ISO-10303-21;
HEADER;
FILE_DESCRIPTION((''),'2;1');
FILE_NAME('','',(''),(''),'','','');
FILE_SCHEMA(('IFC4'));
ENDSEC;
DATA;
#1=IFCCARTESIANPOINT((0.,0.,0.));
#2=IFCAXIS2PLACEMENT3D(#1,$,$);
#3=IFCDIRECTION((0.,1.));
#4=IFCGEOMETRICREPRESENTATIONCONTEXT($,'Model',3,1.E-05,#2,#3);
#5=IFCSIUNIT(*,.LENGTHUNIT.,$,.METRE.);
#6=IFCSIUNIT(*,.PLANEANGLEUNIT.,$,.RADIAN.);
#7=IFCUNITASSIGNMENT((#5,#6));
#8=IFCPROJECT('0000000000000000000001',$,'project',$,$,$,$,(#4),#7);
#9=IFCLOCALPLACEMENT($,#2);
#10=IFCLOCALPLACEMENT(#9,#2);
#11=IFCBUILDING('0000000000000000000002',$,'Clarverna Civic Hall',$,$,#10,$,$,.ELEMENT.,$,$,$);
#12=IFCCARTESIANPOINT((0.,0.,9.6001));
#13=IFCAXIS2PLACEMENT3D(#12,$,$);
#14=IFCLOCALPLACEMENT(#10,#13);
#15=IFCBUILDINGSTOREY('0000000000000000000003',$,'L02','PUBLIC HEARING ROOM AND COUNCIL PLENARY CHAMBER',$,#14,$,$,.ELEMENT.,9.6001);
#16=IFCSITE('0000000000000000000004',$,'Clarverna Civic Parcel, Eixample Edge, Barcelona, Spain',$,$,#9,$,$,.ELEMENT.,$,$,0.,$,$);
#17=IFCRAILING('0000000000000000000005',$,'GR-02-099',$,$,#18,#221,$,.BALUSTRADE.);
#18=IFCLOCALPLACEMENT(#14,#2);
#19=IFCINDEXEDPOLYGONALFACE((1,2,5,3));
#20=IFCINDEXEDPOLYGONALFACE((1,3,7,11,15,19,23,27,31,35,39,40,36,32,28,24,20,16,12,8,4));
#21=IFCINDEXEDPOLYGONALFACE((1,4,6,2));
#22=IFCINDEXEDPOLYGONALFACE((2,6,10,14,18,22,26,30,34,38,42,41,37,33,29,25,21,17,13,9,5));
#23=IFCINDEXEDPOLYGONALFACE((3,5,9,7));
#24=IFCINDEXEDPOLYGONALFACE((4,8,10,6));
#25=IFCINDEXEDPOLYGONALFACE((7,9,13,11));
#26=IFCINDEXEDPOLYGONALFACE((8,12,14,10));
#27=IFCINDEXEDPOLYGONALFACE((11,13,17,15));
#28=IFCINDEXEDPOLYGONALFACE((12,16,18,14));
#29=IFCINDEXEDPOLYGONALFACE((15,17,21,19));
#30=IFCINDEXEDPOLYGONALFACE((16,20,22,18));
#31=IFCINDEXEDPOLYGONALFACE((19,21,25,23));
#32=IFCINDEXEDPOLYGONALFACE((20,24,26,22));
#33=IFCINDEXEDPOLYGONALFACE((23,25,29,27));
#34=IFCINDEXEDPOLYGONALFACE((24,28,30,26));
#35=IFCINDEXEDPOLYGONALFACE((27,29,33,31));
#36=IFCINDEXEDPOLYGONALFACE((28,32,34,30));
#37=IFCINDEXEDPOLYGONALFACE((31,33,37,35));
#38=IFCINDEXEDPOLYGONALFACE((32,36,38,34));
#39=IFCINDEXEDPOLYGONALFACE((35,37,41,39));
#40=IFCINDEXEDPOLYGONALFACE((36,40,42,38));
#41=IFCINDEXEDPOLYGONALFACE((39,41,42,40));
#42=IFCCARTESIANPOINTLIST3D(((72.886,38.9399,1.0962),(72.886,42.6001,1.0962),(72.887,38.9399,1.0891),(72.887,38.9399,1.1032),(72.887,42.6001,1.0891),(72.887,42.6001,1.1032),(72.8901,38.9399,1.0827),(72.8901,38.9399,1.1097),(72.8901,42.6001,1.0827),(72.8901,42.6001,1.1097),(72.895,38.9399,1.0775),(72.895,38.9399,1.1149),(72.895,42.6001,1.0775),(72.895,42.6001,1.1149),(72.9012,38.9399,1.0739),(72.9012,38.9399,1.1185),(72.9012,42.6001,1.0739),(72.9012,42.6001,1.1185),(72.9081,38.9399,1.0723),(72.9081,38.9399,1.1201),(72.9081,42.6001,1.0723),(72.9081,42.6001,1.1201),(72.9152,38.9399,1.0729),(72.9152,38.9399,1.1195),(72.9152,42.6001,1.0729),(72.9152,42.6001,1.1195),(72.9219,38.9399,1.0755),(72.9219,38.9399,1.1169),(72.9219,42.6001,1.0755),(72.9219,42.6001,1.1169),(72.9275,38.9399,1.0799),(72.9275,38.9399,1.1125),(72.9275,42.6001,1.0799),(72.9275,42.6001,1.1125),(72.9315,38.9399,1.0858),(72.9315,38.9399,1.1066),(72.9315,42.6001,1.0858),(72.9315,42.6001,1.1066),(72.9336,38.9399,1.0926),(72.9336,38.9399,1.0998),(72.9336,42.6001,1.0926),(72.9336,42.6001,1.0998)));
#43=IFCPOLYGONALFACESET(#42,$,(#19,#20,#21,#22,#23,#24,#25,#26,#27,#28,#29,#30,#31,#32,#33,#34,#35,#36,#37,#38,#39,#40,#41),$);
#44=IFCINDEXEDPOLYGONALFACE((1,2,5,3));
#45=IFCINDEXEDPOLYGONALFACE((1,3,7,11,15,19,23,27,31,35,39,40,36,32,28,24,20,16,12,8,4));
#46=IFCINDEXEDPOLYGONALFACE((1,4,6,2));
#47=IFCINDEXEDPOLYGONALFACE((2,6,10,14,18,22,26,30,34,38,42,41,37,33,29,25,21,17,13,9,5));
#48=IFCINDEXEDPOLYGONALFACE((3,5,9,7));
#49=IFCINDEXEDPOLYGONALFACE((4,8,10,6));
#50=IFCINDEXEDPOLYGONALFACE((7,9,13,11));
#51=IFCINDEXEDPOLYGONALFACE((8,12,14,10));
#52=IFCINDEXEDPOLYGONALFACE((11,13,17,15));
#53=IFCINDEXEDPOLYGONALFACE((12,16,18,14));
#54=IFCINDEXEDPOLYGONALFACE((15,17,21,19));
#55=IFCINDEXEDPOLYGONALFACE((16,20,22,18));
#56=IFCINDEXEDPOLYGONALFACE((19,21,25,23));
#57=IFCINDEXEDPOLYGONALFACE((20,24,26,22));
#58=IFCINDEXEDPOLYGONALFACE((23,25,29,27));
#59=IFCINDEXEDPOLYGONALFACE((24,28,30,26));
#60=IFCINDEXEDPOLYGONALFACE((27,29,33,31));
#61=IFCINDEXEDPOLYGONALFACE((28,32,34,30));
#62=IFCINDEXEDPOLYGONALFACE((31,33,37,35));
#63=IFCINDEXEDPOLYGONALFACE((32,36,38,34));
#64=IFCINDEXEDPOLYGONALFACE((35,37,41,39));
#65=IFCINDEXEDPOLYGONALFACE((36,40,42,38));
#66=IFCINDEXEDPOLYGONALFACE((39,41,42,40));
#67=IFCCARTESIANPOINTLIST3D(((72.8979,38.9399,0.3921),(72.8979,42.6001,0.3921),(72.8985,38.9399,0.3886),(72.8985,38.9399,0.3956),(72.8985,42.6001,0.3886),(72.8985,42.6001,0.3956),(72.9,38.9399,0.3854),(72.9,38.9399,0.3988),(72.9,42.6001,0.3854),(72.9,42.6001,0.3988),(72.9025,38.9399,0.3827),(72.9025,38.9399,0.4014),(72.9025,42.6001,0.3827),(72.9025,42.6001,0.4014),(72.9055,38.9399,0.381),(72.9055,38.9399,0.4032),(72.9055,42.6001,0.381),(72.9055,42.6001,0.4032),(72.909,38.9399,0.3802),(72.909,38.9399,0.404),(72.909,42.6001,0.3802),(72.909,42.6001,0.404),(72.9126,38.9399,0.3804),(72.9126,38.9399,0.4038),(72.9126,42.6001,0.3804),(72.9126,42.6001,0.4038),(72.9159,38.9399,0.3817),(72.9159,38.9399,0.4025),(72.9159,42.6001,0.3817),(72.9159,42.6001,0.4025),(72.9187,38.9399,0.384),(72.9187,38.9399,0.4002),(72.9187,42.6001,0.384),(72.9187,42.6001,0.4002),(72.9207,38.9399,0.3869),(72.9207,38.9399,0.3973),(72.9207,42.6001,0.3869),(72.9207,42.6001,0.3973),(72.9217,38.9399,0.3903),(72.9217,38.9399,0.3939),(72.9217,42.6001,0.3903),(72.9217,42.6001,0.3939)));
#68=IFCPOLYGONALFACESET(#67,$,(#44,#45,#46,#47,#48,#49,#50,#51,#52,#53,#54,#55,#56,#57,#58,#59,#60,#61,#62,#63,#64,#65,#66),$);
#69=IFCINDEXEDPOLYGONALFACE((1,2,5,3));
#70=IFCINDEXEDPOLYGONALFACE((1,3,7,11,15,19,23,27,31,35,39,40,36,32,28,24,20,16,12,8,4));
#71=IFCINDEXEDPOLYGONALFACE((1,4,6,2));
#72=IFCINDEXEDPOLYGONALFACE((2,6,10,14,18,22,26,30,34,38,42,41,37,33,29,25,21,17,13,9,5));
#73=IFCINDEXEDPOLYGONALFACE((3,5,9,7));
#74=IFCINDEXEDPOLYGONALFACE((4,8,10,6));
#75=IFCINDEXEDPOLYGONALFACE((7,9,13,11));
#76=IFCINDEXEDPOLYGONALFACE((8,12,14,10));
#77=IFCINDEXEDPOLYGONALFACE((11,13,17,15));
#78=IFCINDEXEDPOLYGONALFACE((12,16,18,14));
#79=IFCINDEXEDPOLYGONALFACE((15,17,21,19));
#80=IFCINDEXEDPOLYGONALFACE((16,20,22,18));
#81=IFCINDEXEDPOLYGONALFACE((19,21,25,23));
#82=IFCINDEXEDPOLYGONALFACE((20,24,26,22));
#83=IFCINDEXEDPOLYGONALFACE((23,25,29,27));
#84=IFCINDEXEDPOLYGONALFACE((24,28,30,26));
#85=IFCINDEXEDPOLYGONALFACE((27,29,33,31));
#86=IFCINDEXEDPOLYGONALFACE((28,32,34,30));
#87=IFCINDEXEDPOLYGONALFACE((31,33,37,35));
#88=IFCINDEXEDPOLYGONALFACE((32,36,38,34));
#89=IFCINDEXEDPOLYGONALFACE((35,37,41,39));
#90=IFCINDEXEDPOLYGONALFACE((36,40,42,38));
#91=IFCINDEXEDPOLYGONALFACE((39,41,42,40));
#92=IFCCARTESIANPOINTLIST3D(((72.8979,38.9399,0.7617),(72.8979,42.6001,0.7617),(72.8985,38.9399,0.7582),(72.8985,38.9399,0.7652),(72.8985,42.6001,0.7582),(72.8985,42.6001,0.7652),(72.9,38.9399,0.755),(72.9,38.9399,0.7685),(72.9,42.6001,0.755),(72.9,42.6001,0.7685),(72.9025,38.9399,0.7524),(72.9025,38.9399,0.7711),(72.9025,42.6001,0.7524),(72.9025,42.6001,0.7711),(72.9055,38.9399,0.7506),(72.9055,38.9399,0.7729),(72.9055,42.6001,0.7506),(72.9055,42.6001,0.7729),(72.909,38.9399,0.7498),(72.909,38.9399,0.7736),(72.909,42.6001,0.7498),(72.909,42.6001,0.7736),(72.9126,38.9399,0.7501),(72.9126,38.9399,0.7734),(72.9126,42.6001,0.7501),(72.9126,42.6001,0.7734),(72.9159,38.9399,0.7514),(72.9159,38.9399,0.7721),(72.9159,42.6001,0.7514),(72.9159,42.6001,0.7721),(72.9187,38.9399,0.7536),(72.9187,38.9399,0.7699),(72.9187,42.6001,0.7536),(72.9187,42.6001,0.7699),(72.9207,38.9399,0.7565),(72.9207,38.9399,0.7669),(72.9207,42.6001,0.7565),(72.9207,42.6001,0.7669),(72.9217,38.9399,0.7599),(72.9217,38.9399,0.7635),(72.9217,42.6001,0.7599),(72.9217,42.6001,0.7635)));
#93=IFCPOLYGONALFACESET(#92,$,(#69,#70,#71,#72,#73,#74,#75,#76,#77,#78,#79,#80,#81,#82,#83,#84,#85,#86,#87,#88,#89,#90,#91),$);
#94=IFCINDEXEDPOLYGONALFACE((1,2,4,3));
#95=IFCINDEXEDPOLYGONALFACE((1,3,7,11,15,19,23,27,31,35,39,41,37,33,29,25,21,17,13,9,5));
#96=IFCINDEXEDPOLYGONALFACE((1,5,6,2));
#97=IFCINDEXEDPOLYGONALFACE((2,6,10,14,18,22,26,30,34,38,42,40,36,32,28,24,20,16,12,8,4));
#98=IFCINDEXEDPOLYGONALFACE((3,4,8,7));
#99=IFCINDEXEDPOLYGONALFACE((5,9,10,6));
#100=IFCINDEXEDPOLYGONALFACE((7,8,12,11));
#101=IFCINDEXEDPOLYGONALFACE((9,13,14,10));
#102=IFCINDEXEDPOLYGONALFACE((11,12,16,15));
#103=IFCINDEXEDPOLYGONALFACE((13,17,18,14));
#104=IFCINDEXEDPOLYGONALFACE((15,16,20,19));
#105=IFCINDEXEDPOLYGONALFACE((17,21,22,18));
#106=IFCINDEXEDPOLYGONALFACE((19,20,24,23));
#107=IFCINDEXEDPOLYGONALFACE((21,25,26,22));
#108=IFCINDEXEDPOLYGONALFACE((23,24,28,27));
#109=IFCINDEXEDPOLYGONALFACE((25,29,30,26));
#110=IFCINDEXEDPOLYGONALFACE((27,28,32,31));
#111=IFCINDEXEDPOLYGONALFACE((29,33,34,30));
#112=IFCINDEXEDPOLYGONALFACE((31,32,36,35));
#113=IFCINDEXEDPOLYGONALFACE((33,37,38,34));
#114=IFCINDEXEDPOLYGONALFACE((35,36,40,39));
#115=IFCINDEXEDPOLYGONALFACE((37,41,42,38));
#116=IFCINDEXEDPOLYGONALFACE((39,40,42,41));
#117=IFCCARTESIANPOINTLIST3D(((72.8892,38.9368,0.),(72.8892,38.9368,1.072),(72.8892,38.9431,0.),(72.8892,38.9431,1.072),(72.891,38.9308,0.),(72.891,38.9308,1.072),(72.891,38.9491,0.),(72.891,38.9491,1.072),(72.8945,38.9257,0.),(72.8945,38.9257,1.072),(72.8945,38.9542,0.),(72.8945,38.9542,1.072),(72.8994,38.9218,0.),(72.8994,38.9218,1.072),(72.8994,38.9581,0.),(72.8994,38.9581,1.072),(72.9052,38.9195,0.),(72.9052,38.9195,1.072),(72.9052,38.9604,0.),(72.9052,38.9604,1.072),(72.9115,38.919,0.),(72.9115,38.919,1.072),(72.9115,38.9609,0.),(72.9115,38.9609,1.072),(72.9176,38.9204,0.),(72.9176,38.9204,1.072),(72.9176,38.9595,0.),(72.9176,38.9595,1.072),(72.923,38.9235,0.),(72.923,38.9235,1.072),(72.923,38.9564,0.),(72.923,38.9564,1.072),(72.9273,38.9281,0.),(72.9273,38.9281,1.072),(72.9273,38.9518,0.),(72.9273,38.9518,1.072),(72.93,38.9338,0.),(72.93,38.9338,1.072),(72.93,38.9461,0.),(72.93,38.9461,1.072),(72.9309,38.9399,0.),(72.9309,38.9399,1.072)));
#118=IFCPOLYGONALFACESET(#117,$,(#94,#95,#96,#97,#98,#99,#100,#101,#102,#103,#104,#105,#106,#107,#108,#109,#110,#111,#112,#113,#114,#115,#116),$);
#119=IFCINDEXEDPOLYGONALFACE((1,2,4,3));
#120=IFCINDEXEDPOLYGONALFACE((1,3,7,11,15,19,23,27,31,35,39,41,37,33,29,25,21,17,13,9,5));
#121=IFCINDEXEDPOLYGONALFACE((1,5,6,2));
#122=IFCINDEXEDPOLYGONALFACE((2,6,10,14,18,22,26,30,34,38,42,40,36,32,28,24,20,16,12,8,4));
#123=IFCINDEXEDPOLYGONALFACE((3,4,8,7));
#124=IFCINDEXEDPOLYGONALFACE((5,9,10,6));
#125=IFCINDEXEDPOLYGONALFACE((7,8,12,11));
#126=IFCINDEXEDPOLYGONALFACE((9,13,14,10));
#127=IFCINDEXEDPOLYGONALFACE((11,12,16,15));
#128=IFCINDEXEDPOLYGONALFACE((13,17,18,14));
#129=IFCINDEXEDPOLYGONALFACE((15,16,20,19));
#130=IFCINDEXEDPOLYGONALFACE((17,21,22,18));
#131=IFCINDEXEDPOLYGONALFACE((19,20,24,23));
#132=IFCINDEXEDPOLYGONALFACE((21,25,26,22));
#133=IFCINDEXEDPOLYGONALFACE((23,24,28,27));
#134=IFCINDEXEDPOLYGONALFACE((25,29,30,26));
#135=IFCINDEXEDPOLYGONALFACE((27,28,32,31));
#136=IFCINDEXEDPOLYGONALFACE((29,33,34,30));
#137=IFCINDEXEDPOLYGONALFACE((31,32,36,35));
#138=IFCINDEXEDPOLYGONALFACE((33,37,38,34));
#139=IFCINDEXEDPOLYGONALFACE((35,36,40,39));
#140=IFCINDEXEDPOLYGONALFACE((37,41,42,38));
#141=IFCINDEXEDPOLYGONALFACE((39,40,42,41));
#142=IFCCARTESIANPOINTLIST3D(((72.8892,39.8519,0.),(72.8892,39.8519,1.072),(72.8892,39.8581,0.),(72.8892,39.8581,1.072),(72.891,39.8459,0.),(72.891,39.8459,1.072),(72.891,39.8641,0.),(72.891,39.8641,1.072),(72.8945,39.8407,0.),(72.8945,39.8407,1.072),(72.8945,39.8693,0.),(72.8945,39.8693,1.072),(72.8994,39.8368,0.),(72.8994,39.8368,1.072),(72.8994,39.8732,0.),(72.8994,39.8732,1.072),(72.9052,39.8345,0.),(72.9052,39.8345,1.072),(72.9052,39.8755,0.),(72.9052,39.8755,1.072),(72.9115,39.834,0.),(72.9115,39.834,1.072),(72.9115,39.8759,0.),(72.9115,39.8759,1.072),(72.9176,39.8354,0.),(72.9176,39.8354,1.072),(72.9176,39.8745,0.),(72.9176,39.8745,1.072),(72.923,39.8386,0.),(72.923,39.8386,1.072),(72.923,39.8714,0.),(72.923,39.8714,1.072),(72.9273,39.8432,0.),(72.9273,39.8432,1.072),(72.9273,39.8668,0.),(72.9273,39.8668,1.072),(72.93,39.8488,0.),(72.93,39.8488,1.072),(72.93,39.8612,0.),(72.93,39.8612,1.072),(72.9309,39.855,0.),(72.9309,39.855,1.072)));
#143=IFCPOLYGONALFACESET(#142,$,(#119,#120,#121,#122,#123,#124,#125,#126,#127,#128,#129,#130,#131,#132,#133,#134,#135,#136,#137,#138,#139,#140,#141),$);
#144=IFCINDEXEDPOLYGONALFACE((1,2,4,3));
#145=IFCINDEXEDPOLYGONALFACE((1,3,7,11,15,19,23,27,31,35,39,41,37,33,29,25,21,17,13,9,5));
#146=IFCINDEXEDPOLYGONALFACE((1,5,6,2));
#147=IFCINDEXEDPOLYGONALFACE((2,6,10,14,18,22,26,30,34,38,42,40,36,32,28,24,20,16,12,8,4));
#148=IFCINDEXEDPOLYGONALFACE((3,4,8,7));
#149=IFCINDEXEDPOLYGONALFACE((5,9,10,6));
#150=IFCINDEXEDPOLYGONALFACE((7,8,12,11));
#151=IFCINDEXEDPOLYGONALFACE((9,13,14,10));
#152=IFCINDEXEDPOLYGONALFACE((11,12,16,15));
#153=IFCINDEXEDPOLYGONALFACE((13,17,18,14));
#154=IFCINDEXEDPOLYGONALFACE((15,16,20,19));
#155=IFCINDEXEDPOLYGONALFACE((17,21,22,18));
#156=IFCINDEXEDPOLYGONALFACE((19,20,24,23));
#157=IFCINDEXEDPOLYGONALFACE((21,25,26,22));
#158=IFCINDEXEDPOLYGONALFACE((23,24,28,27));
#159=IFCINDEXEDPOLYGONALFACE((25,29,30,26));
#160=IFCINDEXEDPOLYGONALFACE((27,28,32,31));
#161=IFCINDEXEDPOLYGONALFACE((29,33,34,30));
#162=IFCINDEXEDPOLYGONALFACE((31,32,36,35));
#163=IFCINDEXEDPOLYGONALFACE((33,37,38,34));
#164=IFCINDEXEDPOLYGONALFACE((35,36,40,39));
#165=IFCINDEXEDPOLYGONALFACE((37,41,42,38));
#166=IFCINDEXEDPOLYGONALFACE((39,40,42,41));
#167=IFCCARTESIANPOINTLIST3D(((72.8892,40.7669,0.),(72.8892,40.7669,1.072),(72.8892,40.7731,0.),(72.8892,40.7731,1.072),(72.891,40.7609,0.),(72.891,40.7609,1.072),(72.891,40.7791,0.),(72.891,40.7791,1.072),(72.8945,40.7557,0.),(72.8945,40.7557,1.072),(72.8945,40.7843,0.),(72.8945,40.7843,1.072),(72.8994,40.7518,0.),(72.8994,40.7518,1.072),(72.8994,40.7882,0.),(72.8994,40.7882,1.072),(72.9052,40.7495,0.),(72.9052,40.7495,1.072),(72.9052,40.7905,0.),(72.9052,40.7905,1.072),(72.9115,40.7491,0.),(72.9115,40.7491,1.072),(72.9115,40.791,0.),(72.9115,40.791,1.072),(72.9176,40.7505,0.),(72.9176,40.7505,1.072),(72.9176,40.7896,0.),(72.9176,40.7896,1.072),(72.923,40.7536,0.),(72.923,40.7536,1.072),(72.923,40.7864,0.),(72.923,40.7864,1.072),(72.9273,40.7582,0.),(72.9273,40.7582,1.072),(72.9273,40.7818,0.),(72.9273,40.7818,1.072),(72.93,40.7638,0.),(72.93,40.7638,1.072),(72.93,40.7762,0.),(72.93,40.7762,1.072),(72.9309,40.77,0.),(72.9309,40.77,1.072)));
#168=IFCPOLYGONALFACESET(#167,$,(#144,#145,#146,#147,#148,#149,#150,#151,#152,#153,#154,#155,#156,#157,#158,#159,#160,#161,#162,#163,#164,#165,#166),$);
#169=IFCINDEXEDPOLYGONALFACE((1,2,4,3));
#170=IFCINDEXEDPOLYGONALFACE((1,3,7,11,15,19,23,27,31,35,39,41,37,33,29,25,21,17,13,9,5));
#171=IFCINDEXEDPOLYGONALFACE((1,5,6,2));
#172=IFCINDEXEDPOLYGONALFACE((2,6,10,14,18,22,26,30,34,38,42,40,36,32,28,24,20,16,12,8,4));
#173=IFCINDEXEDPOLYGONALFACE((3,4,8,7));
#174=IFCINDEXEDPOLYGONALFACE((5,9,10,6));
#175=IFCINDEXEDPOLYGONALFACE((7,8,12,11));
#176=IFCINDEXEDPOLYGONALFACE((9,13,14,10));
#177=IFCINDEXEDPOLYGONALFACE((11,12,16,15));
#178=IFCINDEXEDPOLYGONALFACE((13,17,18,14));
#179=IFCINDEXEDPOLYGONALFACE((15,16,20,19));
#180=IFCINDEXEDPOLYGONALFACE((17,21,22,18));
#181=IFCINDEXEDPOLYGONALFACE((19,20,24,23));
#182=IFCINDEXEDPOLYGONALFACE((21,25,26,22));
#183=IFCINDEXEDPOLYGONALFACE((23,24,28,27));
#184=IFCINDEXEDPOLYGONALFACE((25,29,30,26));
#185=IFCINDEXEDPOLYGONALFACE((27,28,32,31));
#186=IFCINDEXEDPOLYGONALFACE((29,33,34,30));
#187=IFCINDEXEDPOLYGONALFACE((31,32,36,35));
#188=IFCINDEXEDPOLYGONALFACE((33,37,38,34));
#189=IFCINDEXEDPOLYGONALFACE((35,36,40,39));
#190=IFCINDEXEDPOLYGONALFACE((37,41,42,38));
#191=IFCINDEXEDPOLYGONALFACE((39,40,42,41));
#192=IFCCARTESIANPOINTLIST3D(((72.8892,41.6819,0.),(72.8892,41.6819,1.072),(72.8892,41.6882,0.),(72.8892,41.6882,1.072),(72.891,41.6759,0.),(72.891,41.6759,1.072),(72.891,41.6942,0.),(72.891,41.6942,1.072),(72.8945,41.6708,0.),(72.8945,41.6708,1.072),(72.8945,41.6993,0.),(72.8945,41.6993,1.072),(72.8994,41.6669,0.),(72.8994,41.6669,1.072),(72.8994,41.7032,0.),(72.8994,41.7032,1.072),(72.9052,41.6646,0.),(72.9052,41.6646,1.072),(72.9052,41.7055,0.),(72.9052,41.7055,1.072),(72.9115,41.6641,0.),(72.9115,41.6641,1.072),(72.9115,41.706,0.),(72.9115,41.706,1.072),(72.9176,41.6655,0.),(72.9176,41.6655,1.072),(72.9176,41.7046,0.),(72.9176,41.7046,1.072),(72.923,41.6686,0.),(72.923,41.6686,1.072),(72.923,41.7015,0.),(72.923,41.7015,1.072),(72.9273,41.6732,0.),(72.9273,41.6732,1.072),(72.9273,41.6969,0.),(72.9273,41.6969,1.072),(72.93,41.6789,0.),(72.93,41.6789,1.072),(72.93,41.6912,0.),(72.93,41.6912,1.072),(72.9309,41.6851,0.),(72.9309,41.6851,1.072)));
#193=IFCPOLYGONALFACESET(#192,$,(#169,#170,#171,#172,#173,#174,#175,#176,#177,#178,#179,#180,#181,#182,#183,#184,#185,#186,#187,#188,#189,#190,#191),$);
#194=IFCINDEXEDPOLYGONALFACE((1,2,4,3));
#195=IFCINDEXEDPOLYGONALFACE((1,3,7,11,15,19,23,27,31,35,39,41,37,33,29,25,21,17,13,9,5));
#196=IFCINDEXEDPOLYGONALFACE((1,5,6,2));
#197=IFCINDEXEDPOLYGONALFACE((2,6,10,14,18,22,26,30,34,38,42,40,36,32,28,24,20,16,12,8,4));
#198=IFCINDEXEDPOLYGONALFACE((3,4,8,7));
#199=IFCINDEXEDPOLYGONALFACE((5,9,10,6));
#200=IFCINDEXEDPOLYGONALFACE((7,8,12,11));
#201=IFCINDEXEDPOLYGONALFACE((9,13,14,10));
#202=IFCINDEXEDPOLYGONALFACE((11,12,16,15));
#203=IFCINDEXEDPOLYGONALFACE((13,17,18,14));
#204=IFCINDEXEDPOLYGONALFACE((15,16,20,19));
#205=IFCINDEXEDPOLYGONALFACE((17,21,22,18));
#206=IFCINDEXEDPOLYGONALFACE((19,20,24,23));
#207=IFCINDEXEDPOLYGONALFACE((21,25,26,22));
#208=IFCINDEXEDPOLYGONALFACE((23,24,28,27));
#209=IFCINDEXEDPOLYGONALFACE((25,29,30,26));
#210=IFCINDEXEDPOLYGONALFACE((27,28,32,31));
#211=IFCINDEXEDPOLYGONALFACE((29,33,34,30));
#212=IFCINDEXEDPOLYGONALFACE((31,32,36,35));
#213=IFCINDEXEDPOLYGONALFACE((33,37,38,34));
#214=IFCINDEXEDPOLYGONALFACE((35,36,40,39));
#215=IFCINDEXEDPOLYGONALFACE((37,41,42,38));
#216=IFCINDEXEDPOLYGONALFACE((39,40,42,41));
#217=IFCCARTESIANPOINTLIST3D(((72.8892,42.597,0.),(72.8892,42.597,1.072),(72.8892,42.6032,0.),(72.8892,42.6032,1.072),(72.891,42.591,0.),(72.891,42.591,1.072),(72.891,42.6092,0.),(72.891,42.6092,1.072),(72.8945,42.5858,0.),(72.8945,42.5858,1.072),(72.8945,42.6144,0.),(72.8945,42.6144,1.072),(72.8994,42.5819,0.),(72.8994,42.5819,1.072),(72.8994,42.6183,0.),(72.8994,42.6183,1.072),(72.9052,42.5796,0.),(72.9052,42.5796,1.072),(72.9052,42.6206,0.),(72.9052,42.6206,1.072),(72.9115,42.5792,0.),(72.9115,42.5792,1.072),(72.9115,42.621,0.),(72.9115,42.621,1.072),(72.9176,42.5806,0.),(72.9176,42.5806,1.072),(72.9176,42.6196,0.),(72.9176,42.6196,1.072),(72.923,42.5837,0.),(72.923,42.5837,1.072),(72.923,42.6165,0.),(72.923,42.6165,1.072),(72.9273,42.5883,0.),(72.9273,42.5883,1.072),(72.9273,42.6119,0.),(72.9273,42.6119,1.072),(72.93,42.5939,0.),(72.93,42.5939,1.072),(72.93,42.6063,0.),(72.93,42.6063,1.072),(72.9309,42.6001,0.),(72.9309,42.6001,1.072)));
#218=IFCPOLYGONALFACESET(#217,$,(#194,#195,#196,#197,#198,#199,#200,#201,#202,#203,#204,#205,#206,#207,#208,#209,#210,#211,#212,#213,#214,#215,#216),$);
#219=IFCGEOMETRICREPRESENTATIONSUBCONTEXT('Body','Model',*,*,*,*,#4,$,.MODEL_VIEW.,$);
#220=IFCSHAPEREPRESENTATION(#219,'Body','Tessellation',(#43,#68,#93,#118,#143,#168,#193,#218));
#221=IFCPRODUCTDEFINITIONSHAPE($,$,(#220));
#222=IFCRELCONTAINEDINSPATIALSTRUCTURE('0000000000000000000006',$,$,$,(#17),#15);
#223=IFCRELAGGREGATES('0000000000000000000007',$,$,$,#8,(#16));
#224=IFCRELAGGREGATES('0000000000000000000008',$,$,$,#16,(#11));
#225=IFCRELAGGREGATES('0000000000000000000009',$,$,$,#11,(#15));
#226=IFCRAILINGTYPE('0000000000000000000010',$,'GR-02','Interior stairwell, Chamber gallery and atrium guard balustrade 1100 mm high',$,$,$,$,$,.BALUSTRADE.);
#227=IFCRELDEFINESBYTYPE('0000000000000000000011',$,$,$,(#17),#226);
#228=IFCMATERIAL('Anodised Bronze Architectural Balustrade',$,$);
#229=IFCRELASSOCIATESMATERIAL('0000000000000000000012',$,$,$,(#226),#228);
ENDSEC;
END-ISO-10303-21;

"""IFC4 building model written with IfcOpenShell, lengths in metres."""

from ifc_helpers import new_model, si_unit, direction, frame, origin, origin_2d, place, context, subcontext, project, spatial, circle, extrude, material, type_object, element, save


model = new_model("IFC4")

# Units and contexts
model_context = context("Model", 3, precision=1e-05, world=origin(), true_north=direction((0.0, 1.0)))
body_context = subcontext(model_context, "Body", "Model", "MODEL_VIEW")
ifc_project = project(units=[si_unit("LENGTHUNIT", "METRE"), si_unit("PLANEANGLEUNIT", "RADIAN")], contexts=[model_context])

# Site, building, storey
site_placement = place(None, origin())
site = spatial("IfcSite", under=ifc_project, at=site_placement, Name="Clarverna Civic Parcel, Eixample Edge, Barcelona, Spain", CompositionType="ELEMENT", RefElevation=0.0)
building_placement = place(site_placement, origin())
building = spatial("IfcBuilding", under=site, at=building_placement, Name="Clarverna Civic Hall", CompositionType="ELEMENT")
storey_placement = place(building_placement, frame((0.0, 0.0, 9.6001)))
storey = spatial("IfcBuildingStorey", under=building, at=storey_placement, Name="L02", Description="PUBLIC HEARING ROOM AND COUNCIL PLENARY CHAMBER", CompositionType="ELEMENT", Elevation=9.6001)

# Railing
ifc_material_1 = material(Name="Anodised Bronze Architectural Balustrade")
railing_type_1 = type_object("IfcRailingType", Name="GR-02", Description="Interior stairwell, Chamber gallery and atrium guard balustrade 1100 mm high", PredefinedType="BALUSTRADE", material=ifc_material_1)
railing_placement = place(storey_placement, frame((72.9099, 38.9399, 0.0)))
element("IfcRailing", 1, at=railing_placement, inside=storey, type_object=railing_type_1, Name="GR-02-099", PredefinedType="BALUSTRADE", context=body_context, shape_type="SweptSolid", body=[
    extrude(circle(Radius=0.0239, at=origin_2d()), frame((0.0, 0.0, 1.0962), z_axis=(0.0, 1.0, 0.0), x_axis=(-1.0, 0.0, 0.0)), (0.0, 0.0, 1.0), 3.6602),
    extrude(circle(Radius=0.012, at=origin_2d()), frame((0.0, 0.0, 0.3921), z_axis=(0.0, 1.0, 0.0), x_axis=(-1.0, 0.0, 0.0)), (0.0, 0.0, 1.0), 3.6602),
    extrude(circle(Radius=0.012, at=origin_2d()), frame((0.0, 0.0, 0.7617), z_axis=(0.0, 1.0, 0.0), x_axis=(-1.0, 0.0, 0.0)), (0.0, 0.0, 1.0), 3.6602),
    extrude(circle(Radius=0.021, at=origin_2d()), origin(), (0.0, 0.0, 1.0), 1.072),
    extrude(circle(Radius=0.021, at=origin_2d()), frame((0.0, 0.915, 0.0)), (0.0, 0.0, 1.0), 1.072),
    extrude(circle(Radius=0.021, at=origin_2d()), frame((0.0, 1.8301, 0.0)), (0.0, 0.0, 1.0), 1.072),
    extrude(circle(Radius=0.021, at=origin_2d()), frame((0.0, 2.7451, 0.0)), (0.0, 0.0, 1.0), 1.072),
    extrude(circle(Radius=0.021, at=origin_2d()), frame((0.0, 3.6602, 0.0)), (0.0, 0.0, 1.0), 1.072),
])

save(model, "model.ifc")
